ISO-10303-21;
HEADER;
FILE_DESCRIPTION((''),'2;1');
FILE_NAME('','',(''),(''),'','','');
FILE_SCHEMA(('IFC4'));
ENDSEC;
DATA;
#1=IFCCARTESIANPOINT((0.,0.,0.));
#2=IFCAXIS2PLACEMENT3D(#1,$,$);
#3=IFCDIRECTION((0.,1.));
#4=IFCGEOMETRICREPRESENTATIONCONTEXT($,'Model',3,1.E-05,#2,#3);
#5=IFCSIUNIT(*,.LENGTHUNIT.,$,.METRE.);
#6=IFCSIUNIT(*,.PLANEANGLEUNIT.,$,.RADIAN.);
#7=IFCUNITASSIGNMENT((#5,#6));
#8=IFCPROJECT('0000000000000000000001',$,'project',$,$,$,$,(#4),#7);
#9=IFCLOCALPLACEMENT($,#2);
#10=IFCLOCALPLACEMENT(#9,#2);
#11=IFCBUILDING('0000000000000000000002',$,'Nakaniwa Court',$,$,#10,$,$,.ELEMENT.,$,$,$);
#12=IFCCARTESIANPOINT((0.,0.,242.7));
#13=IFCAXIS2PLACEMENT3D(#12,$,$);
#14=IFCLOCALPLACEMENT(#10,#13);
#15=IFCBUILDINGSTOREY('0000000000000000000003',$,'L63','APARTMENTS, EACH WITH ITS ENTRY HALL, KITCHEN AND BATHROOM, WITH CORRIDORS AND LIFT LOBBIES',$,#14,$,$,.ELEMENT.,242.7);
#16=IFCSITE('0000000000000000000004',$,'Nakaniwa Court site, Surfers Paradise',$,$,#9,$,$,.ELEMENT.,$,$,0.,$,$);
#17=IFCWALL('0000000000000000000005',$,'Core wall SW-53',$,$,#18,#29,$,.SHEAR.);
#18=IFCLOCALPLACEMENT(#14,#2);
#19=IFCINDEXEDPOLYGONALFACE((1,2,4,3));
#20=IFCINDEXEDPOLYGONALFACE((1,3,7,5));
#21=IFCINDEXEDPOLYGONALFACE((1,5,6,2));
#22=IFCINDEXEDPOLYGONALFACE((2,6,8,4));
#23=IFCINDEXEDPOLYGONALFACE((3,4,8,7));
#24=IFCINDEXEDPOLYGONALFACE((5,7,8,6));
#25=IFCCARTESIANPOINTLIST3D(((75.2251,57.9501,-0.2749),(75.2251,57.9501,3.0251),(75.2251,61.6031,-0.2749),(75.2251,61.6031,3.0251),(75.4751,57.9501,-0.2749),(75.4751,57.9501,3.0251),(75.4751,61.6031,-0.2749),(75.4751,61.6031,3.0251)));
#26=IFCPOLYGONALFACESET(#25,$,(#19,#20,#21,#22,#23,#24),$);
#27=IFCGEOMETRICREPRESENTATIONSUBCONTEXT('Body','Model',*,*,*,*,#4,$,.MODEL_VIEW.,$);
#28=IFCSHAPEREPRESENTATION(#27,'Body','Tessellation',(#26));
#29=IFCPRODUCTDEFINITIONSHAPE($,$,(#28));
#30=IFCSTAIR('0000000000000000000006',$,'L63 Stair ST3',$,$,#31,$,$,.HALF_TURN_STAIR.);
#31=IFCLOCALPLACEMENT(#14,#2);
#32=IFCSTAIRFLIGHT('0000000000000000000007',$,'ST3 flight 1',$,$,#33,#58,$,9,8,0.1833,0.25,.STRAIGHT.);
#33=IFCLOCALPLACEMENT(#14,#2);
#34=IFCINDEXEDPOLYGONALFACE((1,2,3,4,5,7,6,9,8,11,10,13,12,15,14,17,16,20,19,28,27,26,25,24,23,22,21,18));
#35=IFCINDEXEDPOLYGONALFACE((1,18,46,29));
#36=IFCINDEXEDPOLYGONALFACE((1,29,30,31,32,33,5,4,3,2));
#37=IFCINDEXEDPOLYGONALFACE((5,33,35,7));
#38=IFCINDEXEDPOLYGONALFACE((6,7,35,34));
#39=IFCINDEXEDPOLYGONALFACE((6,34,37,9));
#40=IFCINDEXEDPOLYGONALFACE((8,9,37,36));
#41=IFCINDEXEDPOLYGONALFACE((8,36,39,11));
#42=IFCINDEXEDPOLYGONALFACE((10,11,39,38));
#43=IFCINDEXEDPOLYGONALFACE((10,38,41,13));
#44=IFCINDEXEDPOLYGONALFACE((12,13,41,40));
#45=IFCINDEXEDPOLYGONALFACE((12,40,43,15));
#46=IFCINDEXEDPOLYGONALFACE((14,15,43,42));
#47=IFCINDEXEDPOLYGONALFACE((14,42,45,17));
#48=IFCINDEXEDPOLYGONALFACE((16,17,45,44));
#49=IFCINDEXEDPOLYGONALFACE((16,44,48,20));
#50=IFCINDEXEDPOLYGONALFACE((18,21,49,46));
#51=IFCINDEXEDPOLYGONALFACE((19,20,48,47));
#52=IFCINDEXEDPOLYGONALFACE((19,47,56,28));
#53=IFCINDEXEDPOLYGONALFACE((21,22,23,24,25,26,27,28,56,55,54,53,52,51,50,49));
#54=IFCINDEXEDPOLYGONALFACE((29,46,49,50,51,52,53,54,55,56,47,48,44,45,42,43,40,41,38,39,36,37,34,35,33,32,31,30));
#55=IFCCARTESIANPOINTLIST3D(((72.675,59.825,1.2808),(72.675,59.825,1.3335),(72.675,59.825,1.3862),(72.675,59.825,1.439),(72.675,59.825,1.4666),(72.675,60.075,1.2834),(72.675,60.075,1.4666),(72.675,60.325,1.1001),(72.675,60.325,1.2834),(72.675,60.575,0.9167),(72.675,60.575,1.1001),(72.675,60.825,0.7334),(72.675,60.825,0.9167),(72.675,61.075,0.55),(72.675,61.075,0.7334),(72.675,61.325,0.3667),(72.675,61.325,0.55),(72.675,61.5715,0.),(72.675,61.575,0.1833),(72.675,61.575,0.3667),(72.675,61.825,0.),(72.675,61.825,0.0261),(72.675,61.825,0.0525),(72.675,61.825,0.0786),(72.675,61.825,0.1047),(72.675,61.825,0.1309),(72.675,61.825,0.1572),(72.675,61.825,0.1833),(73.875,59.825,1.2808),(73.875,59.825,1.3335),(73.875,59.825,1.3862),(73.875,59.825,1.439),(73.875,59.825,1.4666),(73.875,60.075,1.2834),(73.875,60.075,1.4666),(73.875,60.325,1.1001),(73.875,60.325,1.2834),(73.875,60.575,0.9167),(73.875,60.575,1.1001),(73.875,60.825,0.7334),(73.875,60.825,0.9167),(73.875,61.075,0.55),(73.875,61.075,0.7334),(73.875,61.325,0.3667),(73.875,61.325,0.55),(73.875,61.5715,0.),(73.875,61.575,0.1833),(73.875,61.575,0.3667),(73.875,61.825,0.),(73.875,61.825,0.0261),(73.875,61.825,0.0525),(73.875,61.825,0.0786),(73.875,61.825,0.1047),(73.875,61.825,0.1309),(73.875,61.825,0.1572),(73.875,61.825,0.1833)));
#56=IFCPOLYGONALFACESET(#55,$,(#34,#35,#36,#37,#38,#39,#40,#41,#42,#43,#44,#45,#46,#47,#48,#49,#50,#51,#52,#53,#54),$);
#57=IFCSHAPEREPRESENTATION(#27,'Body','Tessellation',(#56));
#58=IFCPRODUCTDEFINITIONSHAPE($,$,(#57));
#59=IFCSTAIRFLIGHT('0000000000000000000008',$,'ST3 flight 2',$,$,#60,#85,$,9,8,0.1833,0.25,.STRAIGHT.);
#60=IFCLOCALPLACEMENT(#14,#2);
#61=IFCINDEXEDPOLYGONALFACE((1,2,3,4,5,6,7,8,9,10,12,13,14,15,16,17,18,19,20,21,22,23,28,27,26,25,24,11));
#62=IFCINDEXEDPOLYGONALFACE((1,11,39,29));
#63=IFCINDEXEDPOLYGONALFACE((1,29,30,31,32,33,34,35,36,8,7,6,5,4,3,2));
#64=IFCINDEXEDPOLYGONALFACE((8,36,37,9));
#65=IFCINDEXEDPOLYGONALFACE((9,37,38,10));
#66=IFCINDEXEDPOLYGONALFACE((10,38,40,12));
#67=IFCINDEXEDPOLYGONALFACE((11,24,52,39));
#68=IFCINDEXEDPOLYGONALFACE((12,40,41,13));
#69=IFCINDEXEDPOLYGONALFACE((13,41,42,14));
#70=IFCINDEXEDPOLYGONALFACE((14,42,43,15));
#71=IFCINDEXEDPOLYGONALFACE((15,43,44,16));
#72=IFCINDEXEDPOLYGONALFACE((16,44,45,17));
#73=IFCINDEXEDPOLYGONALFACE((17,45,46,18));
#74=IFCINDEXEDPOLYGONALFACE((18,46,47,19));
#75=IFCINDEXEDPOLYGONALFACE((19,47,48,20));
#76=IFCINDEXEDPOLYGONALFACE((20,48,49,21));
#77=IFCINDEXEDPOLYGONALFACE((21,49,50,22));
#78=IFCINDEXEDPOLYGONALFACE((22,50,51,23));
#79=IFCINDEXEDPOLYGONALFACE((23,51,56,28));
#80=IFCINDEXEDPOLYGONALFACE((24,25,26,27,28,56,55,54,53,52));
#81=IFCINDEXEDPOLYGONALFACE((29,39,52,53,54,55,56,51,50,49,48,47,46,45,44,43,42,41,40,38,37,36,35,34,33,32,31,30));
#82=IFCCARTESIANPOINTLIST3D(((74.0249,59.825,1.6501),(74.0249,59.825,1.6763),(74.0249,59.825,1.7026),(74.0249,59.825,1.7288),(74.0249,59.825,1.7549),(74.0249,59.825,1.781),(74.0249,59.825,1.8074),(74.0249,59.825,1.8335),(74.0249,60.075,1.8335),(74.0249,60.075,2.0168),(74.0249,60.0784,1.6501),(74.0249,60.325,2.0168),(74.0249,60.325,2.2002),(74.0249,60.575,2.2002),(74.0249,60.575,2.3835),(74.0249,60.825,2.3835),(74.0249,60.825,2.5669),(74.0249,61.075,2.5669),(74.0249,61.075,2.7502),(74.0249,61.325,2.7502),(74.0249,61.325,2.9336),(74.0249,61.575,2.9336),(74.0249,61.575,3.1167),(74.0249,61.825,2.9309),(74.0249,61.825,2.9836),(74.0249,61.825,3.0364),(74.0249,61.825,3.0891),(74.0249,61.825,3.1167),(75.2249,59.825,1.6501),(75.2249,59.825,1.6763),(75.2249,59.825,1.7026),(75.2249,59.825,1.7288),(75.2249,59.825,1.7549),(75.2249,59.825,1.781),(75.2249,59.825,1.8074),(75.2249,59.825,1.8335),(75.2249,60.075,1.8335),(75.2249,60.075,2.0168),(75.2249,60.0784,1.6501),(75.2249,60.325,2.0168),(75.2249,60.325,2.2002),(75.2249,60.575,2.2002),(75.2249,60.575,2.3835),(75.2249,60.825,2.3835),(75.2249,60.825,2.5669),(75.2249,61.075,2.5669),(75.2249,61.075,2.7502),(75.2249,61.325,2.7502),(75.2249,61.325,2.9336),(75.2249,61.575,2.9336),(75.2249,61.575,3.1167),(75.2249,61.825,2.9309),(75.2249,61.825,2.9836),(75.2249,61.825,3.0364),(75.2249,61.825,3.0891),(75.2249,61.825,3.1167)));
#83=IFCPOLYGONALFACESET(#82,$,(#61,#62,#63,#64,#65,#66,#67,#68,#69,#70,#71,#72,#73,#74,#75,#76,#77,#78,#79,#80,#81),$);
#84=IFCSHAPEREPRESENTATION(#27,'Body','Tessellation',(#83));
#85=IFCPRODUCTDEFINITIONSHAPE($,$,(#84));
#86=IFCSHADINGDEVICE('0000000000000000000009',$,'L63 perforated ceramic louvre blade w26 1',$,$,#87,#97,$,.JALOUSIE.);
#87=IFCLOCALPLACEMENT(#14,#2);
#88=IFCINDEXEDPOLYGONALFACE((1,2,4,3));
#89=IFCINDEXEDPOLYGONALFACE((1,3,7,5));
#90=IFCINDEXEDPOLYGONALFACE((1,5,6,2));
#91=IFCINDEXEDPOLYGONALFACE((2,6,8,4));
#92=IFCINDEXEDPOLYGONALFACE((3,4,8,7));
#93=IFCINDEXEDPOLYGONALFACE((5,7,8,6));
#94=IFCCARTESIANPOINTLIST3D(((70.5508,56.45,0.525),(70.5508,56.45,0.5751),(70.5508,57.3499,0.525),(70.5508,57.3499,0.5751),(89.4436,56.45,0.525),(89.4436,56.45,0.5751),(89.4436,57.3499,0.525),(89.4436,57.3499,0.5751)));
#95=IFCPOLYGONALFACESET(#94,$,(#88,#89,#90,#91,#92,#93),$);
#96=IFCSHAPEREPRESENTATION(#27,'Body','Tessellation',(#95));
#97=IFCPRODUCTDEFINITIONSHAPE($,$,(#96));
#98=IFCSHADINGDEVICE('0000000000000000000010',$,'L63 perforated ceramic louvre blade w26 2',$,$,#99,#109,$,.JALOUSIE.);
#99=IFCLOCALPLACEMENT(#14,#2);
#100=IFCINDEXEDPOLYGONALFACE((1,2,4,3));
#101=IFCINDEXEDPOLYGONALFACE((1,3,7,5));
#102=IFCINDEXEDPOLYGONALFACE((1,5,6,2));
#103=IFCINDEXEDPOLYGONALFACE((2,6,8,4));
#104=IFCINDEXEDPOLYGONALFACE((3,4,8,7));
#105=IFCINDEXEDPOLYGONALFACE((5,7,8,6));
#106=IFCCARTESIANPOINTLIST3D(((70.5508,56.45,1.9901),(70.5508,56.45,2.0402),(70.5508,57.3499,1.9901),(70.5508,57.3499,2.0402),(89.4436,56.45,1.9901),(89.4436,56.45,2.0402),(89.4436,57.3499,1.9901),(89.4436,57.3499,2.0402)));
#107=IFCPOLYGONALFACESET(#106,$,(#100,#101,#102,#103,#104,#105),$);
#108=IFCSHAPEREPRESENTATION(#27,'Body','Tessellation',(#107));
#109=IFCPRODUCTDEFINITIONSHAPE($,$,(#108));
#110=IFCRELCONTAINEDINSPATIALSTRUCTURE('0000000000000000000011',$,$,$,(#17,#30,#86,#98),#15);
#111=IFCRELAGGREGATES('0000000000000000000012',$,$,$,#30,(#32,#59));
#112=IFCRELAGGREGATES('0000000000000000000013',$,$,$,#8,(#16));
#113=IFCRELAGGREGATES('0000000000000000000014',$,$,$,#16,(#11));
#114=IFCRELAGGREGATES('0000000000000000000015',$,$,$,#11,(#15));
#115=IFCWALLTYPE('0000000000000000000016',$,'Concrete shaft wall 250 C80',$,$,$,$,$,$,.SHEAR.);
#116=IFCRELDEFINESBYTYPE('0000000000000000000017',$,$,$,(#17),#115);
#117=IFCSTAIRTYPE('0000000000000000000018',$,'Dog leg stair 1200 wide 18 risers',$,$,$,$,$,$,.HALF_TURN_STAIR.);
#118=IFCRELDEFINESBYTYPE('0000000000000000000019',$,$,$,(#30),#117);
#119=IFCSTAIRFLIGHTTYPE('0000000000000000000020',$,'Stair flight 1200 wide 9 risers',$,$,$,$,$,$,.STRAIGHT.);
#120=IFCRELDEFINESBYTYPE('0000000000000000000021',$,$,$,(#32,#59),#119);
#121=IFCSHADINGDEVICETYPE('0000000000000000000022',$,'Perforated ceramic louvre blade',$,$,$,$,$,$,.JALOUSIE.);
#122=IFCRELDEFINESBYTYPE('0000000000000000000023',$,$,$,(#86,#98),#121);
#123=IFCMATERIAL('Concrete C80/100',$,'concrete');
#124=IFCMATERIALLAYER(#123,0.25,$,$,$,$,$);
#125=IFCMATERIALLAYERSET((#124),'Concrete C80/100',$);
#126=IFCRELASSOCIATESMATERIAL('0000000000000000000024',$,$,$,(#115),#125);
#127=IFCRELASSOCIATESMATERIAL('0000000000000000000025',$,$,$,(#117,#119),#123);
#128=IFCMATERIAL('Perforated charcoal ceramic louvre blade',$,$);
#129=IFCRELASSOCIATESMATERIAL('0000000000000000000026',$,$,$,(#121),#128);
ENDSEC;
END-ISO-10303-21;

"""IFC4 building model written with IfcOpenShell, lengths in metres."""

from ifc_helpers import new_model, si_unit, direction, frame, frame_2d, origin, origin_2d, place, context, subcontext, project, spatial, polyline, rectangle, outline, extrude, material, layer, layer_set, material_profile, profile_set, type_object, element, aggregate, save


model = new_model("IFC4")

# Units and contexts
model_context = context("Model", 3, precision=1e-05, world=origin(), true_north=direction((0.0, 1.0)))
body_context = subcontext(model_context, "Body", "Model", "MODEL_VIEW")
ifc_project = project(units=[si_unit("LENGTHUNIT", "METRE"), si_unit("PLANEANGLEUNIT", "RADIAN")], contexts=[model_context])

# Site, building, storey
site_placement = place(None, origin())
site = spatial("IfcSite", under=ifc_project, at=site_placement, Name="Nakaniwa Court site, Surfers Paradise", CompositionType="ELEMENT", RefElevation=0.0)
building_placement = place(site_placement, origin())
building = spatial("IfcBuilding", under=site, at=building_placement, Name="Nakaniwa Court", CompositionType="ELEMENT")
storey_placement = place(building_placement, frame((0.0, 0.0, 242.7)))
storey = spatial("IfcBuildingStorey", under=building, at=storey_placement, Name="L63", Description="APARTMENTS, EACH WITH ITS ENTRY HALL, KITCHEN AND BATHROOM, WITH CORRIDORS AND LIFT LOBBIES", CompositionType="ELEMENT", Elevation=242.7)

# Shared definitions
ifc_material_1 = material(Name="Concrete C80/100", Category="concrete")

# Wall
ifc_layer_1 = layer(ifc_material_1, 0.25)
ifc_layer_set_1 = layer_set([ifc_layer_1], Name="Concrete C80/100")
wall_type_1 = type_object("IfcWallType", Name="Concrete shaft wall 250 C80", PredefinedType="SHEAR", material=ifc_layer_set_1)
wall_1_placement = place(storey_placement, frame((75.3501, 57.95, -0.2749), z_axis=(0.0, 0.0, 1.0), x_axis=(0.0, 1.0, 0.0)))
element("IfcWall", 1, at=wall_1_placement, inside=storey, type_object=wall_type_1, Name="Core wall SW-53", PredefinedType="SHEAR", context=body_context, shape_type="SweptSolid", body=[
    extrude(rectangle(XDim=3.6531, YDim=0.25, at=frame_2d((1.8267, 0.0))), origin(), (0.0, 0.0, 1.0), 3.3),
])

# Stair, stair flights
stair_type = type_object("IfcStairType", Name="Dog leg stair 1200 wide 18 risers", PredefinedType="HALF_TURN_STAIR", material=ifc_material_1)
stair_placement = place(storey_placement, origin())
stair = element("IfcStair", 2, at=stair_placement, inside=storey, type_object=stair_type, Name="L63 Stair ST3", PredefinedType="HALF_TURN_STAIR")
stair_flight_type = type_object("IfcStairFlightType", Name="Stair flight 1200 wide 9 risers", PredefinedType="STRAIGHT", material=ifc_material_1)
stair_flight_1_placement = place(storey_placement, frame((73.2749, 61.825, 0.0), z_axis=(0.0, 0.0, 1.0), x_axis=(0.0, -1.0, 0.0)))
stair_flight_1 = element("IfcStairFlight", 3, at=stair_flight_1_placement, type_object=stair_flight_type, Name="ST3 flight 1", NumberOfRisers=9, NumberOfTreads=8, PredefinedType="STRAIGHT", RiserHeight=0.1833, TreadLength=0.25, context=body_context, shape_type="SweptSolid", body=[
    extrude(outline(polyline([(0.0, 0.0), (0.0, 0.0261), (0.0, 0.0525), (0.0, 0.0786), (0.0, 0.1047), (0.0, 0.1309), (0.0, 0.1572), (0.0, 0.1833), (0.25, 0.1833), (0.25, 0.3667), (0.5, 0.3667), (0.5, 0.55), (0.75, 0.55), (0.75, 0.7334), (1.0, 0.7334), (1.0, 0.9167), (1.25, 0.9167), (1.25, 1.1001), (1.5, 1.1001), (1.5, 1.2834), (1.75, 1.2834), (1.75, 1.4666), (2.0, 1.4666), (2.0, 1.6499), (2.0, 1.5972), (2.0, 1.5444), (2.0, 1.4917), (2.0, 1.439), (2.0, 1.3862), (2.0, 1.3335), (2.0, 1.2808), (0.2534, 0.0), (0.0, 0.0)])), frame((0.0, 0.6001, 0.0), z_axis=(0.0, -1.0, 0.0), x_axis=(1.0, 0.0, 0.0)), (0.0, 0.0, 1.0), 1.2),
])
stair_flight_2_placement = place(storey_placement, frame((74.625, 59.825, 1.6501), z_axis=(0.0, 0.0, 1.0), x_axis=(0.0, 1.0, 0.0)))
stair_flight_2 = element("IfcStairFlight", 4, at=stair_flight_2_placement, type_object=stair_flight_type, Name="ST3 flight 2", NumberOfRisers=9, NumberOfTreads=8, PredefinedType="STRAIGHT", RiserHeight=0.1833, TreadLength=0.25, context=body_context, shape_type="SweptSolid", body=[
    extrude(outline(polyline([(0.0, 0.0), (0.0, 0.0261), (0.0, 0.0525), (0.0, 0.0786), (0.0, 0.1047), (0.0, 0.1309), (0.0, 0.1572), (0.0, 0.1833), (0.25, 0.1833), (0.25, 0.3667), (0.5, 0.3667), (0.5, 0.55), (0.75, 0.55), (0.75, 0.7334), (1.0, 0.7334), (1.0, 0.9167), (1.25, 0.9167), (1.25, 1.1001), (1.5, 1.1001), (1.5, 1.2834), (1.75, 1.2834), (1.75, 1.4666), (2.0, 1.4666), (2.0, 1.6499), (2.0, 1.5972), (2.0, 1.5444), (2.0, 1.4917), (2.0, 1.439), (2.0, 1.3862), (2.0, 1.3335), (2.0, 1.2808), (0.2534, 0.0), (0.0, 0.0)])), frame((0.0, 0.6001, 0.0), z_axis=(0.0, -1.0, 0.0), x_axis=(1.0, 0.0, 0.0)), (0.0, 0.0, 1.0), 1.2),
])
aggregate(stair, [stair_flight_1, stair_flight_2])

# Shading devices
ifc_material_2 = material(Name="Perforated charcoal ceramic louvre blade")
ifc_material_profile = material_profile(ifc_material_2, rectangle(XDim=0.8999, YDim=0.05, at=origin_2d()), Name="Perforated ceramic louvre blade")
ifc_profile_set = profile_set([ifc_material_profile], Name="Perforated charcoal ceramic louvre blade")
shading_device_type = type_object("IfcShadingDeviceType", Name="Perforated ceramic louvre blade", PredefinedType="JALOUSIE", material=ifc_profile_set)
for number, where, z_axis, x_axis, name in (
    (5, (70.5508, 56.8999, 0.55), (1.0, 0.0, 0.0), (0.0, 1.0, 0.0), "L63 perforated ceramic louvre blade w26 1"),
    (6, (70.5508, 56.8999, 2.0151), (1.0, 0.0, 0.0), (0.0, 1.0, 0.0), "L63 perforated ceramic louvre blade w26 2"),
):
    element("IfcShadingDevice", number, at=place(storey_placement, frame(where, z_axis=z_axis, x_axis=x_axis)), inside=storey, type_object=shading_device_type, Name=name, PredefinedType="JALOUSIE", context=body_context, shape_type="SweptSolid", body=[
        extrude(rectangle(XDim=0.8999, YDim=0.05, at=origin_2d()), origin(), (0.0, 0.0, 1.0), 18.8928),
    ])

save(model, "model.ifc")
